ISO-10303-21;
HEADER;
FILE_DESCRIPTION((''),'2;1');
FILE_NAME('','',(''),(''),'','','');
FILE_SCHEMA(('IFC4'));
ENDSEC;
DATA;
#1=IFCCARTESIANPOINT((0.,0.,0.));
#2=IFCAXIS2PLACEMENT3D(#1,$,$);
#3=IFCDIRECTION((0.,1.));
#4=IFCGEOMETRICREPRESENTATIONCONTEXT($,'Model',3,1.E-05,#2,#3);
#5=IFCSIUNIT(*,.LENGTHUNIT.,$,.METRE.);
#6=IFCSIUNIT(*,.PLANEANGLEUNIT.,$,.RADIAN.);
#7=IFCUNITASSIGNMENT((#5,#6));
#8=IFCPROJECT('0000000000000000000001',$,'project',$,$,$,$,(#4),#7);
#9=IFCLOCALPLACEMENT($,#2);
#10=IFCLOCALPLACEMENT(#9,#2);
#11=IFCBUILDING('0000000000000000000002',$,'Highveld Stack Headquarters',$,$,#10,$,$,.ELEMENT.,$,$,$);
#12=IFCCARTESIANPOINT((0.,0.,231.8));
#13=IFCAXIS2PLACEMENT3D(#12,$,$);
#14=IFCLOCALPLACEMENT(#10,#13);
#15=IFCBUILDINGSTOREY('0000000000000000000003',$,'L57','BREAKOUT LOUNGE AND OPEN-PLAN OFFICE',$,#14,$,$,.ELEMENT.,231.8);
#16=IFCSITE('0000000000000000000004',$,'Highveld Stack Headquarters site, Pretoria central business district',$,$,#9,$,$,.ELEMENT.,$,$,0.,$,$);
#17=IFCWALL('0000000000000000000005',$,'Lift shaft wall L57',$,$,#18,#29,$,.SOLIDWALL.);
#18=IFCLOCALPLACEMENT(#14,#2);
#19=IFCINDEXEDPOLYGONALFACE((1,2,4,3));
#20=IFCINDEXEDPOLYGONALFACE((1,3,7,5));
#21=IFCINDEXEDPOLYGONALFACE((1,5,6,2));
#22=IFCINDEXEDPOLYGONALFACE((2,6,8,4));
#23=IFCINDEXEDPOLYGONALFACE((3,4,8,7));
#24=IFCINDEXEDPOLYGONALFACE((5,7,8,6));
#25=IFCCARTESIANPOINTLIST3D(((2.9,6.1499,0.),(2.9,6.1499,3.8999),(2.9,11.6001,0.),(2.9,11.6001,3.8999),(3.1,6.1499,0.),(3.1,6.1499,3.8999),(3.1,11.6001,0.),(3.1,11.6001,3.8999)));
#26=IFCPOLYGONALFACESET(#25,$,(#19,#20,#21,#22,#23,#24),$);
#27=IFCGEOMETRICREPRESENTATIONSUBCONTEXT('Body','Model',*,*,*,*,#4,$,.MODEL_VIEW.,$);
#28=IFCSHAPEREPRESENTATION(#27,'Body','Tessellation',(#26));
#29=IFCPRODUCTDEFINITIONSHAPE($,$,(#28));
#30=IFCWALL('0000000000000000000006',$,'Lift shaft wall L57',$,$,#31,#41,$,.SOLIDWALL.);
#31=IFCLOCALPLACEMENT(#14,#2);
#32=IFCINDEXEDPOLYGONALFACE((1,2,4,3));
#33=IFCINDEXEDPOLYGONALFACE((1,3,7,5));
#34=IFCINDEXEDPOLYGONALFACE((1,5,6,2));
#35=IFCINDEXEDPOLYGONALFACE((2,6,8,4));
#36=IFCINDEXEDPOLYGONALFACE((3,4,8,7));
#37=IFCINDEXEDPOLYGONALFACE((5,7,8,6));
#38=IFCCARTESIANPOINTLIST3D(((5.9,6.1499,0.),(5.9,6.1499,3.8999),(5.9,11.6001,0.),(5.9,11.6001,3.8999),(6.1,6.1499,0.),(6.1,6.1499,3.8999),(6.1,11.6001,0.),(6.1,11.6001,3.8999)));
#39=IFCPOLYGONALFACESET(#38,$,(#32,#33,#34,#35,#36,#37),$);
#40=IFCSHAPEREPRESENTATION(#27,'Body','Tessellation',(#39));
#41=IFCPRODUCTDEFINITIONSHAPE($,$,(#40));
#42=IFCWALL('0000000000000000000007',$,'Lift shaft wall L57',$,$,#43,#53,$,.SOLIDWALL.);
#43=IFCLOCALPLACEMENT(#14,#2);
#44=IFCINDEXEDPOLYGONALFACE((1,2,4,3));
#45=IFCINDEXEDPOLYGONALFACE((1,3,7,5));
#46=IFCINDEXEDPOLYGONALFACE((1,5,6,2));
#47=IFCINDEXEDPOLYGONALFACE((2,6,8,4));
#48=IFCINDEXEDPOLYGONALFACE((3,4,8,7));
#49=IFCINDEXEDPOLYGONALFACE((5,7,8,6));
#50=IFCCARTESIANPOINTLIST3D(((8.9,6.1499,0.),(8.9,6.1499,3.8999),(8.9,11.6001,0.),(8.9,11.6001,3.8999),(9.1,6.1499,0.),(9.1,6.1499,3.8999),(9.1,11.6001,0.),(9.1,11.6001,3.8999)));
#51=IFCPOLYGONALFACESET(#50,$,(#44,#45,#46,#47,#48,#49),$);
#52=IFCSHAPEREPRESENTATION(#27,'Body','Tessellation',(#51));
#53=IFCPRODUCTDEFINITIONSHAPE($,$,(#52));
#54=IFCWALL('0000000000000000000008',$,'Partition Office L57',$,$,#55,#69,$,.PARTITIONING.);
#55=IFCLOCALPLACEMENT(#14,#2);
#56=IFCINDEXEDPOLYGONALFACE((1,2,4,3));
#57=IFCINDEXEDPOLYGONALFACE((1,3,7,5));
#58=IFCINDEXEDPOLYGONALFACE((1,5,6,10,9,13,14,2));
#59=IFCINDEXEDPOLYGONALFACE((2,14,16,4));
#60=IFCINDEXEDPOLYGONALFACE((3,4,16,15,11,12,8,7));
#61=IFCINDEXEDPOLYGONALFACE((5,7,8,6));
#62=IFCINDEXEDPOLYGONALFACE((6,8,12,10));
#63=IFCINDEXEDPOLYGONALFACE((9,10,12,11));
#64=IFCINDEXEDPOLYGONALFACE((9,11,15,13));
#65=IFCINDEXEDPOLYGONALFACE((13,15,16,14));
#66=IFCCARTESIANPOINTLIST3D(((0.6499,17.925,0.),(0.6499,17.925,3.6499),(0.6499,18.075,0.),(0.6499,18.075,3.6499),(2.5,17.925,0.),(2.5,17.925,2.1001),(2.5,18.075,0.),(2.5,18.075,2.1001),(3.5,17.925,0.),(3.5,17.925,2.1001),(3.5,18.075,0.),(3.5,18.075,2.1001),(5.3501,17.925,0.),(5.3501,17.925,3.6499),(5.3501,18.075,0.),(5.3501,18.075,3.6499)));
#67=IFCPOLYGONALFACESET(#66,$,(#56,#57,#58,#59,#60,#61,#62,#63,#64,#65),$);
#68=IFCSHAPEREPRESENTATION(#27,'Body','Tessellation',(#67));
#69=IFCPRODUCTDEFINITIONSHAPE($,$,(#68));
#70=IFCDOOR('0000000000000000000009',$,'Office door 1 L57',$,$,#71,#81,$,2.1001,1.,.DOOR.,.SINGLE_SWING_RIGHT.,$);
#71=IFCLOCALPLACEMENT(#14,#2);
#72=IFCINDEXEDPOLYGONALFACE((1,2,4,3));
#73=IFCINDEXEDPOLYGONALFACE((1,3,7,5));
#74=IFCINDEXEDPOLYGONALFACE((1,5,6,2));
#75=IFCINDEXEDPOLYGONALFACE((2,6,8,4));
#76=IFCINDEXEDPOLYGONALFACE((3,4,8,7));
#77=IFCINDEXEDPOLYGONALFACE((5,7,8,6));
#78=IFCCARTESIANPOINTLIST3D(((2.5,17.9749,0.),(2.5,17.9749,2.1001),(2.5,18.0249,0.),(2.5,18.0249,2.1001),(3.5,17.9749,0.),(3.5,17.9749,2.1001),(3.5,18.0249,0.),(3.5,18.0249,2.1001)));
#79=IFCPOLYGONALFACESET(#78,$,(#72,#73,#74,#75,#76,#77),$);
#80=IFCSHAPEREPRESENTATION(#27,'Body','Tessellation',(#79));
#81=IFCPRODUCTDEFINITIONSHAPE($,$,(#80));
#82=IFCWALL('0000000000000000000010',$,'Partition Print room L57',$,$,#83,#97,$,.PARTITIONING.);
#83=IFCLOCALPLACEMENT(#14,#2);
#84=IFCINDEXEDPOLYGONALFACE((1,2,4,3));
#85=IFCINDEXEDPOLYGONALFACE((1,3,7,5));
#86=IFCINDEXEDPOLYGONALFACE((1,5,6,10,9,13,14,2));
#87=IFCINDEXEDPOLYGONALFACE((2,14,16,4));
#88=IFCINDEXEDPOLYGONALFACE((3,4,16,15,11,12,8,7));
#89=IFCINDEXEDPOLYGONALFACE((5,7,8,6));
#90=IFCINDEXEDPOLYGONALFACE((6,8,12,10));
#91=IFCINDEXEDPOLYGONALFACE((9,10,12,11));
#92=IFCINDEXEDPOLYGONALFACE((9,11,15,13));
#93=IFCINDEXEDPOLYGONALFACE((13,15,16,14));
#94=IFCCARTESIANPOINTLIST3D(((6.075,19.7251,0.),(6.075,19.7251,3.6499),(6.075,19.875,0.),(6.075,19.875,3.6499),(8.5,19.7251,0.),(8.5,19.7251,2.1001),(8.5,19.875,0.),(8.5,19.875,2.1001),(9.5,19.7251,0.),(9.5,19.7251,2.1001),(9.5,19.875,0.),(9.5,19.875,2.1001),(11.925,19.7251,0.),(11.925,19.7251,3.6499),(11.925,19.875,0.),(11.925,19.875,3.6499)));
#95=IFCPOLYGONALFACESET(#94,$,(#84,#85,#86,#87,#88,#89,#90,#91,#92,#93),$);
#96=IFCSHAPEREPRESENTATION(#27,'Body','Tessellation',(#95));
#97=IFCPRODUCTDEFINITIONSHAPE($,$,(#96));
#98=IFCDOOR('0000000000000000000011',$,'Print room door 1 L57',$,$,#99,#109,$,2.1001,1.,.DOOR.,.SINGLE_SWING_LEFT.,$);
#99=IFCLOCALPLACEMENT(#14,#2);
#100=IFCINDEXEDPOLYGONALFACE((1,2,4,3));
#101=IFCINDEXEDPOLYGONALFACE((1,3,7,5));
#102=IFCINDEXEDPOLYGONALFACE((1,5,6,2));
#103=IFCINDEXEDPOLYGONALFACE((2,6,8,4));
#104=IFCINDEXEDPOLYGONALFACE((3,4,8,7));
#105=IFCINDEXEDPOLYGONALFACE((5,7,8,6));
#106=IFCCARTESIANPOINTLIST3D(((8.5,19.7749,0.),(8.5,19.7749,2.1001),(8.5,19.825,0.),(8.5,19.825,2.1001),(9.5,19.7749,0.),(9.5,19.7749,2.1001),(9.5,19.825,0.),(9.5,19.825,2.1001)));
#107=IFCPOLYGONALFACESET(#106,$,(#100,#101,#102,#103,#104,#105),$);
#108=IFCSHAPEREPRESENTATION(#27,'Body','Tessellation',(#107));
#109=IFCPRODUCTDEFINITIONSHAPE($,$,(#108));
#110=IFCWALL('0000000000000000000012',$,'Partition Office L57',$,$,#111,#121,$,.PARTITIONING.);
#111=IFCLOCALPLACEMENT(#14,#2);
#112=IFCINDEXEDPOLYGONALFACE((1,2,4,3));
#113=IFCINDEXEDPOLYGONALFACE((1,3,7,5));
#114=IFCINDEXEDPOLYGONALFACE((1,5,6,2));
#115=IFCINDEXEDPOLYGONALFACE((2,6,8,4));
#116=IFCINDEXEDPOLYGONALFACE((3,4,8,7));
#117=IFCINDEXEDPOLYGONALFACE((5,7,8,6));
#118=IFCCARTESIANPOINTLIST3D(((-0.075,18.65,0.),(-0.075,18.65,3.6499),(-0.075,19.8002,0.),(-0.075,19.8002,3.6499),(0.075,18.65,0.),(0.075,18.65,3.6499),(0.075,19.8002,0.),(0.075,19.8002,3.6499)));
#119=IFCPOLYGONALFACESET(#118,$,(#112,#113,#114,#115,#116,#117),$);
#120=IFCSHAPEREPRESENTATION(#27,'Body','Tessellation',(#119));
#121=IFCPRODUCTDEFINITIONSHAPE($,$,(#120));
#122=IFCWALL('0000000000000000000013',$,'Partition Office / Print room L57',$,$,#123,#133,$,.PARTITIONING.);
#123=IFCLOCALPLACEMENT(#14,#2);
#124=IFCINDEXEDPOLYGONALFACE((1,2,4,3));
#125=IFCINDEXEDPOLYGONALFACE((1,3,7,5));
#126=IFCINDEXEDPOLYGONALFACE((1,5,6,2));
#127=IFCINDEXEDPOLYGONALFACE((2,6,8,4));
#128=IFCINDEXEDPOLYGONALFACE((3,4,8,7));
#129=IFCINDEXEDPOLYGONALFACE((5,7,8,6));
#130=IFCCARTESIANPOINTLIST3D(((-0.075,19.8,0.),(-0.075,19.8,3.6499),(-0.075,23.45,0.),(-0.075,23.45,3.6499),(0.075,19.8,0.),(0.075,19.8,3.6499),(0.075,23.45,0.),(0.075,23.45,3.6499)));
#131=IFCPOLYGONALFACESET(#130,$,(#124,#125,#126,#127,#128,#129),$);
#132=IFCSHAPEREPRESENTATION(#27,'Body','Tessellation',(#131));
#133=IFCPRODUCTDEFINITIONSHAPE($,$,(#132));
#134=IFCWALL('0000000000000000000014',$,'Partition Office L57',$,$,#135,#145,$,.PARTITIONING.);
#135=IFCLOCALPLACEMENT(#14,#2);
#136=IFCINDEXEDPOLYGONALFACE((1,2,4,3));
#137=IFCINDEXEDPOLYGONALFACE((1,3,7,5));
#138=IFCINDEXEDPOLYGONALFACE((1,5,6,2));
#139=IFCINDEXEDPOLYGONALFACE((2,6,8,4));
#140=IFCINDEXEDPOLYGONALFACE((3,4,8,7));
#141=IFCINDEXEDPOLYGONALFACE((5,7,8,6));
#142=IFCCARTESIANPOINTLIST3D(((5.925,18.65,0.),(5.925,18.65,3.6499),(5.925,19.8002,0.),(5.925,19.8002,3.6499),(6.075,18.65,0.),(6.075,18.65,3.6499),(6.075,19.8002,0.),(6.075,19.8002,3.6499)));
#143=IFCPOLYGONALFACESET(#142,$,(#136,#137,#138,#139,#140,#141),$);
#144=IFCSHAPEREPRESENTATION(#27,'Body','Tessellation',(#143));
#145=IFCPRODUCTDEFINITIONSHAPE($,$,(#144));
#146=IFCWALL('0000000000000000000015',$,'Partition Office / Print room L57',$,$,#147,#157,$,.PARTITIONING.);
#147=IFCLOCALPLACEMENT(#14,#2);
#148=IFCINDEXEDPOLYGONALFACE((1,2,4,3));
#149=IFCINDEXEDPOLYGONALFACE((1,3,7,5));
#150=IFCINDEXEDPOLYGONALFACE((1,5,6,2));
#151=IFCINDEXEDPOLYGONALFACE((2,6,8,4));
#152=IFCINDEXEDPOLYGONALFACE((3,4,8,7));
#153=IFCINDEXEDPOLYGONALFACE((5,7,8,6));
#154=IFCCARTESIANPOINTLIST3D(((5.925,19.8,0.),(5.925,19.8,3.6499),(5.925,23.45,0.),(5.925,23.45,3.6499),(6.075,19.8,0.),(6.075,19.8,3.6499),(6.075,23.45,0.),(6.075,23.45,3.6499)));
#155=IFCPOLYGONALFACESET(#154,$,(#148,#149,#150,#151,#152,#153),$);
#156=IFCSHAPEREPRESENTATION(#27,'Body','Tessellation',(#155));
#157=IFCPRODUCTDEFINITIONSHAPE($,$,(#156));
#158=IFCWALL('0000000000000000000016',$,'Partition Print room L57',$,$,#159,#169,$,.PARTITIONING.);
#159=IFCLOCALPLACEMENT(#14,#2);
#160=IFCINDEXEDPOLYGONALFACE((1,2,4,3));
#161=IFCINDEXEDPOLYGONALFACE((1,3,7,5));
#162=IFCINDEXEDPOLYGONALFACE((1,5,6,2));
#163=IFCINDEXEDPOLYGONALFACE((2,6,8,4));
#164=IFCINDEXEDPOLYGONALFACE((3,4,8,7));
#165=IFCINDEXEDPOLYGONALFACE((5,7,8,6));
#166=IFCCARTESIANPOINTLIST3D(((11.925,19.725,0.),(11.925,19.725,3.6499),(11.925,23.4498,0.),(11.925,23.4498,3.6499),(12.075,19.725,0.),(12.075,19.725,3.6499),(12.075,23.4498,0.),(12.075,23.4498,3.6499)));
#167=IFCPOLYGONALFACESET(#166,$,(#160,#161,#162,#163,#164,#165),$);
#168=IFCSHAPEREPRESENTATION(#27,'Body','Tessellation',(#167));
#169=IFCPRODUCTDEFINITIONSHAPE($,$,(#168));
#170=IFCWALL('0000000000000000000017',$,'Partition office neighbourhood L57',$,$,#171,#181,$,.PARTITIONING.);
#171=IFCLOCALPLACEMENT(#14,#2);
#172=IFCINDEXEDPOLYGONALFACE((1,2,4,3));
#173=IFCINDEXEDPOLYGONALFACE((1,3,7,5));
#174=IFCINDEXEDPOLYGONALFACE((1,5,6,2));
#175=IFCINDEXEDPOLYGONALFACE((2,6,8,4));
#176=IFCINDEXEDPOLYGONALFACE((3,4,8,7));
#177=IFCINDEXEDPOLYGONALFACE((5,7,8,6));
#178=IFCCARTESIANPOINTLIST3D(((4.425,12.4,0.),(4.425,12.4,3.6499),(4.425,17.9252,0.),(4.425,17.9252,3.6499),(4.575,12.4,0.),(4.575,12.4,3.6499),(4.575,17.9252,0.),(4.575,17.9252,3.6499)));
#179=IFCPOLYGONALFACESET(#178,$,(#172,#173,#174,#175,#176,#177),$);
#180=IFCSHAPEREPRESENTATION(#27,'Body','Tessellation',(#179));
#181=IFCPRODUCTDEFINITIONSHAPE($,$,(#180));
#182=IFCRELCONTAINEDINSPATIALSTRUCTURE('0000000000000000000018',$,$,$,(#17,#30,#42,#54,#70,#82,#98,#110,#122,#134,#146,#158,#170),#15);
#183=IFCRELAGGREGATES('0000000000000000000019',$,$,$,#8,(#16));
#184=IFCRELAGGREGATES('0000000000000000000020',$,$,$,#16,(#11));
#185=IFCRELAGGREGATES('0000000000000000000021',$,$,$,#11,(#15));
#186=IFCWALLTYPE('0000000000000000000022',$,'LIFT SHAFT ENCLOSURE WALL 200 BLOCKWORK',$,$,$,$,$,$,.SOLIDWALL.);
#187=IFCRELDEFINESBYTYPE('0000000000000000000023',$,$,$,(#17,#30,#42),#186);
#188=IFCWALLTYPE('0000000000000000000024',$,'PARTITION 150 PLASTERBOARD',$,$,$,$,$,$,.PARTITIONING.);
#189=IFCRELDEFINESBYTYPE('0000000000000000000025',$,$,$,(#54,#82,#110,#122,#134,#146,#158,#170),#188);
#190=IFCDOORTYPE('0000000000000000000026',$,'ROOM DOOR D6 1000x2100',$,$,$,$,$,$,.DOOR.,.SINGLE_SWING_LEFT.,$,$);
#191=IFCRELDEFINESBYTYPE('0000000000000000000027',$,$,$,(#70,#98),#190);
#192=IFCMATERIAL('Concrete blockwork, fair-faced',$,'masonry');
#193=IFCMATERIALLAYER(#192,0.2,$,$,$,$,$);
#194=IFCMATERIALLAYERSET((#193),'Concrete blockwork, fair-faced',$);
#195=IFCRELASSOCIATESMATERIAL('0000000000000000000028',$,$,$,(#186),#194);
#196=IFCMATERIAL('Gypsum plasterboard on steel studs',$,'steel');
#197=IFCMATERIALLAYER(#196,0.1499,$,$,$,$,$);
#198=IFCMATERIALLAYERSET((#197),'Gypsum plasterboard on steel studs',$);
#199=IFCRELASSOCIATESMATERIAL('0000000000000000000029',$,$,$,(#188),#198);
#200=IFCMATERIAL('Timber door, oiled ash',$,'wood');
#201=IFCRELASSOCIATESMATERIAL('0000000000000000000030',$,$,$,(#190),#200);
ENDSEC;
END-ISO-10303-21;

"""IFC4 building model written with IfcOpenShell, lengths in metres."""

from ifc_helpers import new_model, si_unit, direction, frame, frame_2d, origin, place, context, subcontext, project, spatial, rectangle, extrude, material, layer, layer_set, type_object, element, fill, save


model = new_model("IFC4")

# Units and contexts
model_context = context("Model", 3, precision=1e-05, world=origin(), true_north=direction((0.0, 1.0)))
body_context = subcontext(model_context, "Body", "Model", "MODEL_VIEW")
ifc_project = project(units=[si_unit("LENGTHUNIT", "METRE"), si_unit("PLANEANGLEUNIT", "RADIAN")], contexts=[model_context])

# Site, building, storey
site_placement = place(None, origin())
site = spatial("IfcSite", under=ifc_project, at=site_placement, Name="Highveld Stack Headquarters site, Pretoria central business district", CompositionType="ELEMENT", RefElevation=0.0)
building_placement = place(site_placement, origin())
building = spatial("IfcBuilding", under=site, at=building_placement, Name="Highveld Stack Headquarters", CompositionType="ELEMENT")
storey_placement = place(building_placement, frame((0.0, 0.0, 231.8)))
storey = spatial("IfcBuildingStorey", under=building, at=storey_placement, Name="L57", Description="BREAKOUT LOUNGE AND OPEN-PLAN OFFICE", CompositionType="ELEMENT", Elevation=231.8)

# Walls
ifc_material_1 = material(Name="Concrete blockwork, fair-faced", Category="masonry")
ifc_layer_1 = layer(ifc_material_1, 0.2)
ifc_layer_set_1 = layer_set([ifc_layer_1], Name="Concrete blockwork, fair-faced")
wall_type_1 = type_object("IfcWallType", Name="LIFT SHAFT ENCLOSURE WALL 200 BLOCKWORK", PredefinedType="SOLIDWALL", material=ifc_layer_set_1)
for number, where, z_axis, x_axis, name in (
    (1, (3.0, 6.1499, 0.0), (0.0, 0.0, 1.0), (0.0, 1.0, 0.0), "Lift shaft wall L57"),
    (2, (6.0, 6.1499, 0.0), (0.0, 0.0, 1.0), (0.0, 1.0, 0.0), "Lift shaft wall L57"),
    (3, (9.0, 6.1499, 0.0), (0.0, 0.0, 1.0), (0.0, 1.0, 0.0), "Lift shaft wall L57"),
):
    element("IfcWall", number, at=place(storey_placement, frame(where, z_axis=z_axis, x_axis=x_axis)), inside=storey, type_object=wall_type_1, Name=name, PredefinedType="SOLIDWALL", context=body_context, shape_type="SweptSolid", body=[
        extrude(rectangle(XDim=5.4502, YDim=0.2, at=frame_2d((2.7251, 0.0))), origin(), (0.0, 0.0, 1.0), 3.8999),
    ])

# Walls, openings, doors
ifc_material_2 = material(Name="Gypsum plasterboard on steel studs", Category="steel")
ifc_layer_2 = layer(ifc_material_2, 0.1499)
ifc_layer_set_2 = layer_set([ifc_layer_2], Name="Gypsum plasterboard on steel studs")
wall_type_2 = type_object("IfcWallType", Name="PARTITION 150 PLASTERBOARD", PredefinedType="PARTITIONING", material=ifc_layer_set_2)
wall_1_placement = place(storey_placement, frame((0.6499, 18.0, 0.0), z_axis=(0.0, 0.0, 1.0), x_axis=(1.0, 0.0, 0.0)))
wall_1 = element("IfcWall", 4, at=wall_1_placement, inside=storey, type_object=wall_type_2, Name="Partition Office L57", PredefinedType="PARTITIONING", context=body_context, shape_type="SweptSolid", body=[
    extrude(rectangle(XDim=4.7002, YDim=0.1499, at=frame_2d((2.3501, 0.0))), origin(), (0.0, 0.0, 1.0), 3.6499),
])
opening_1_placement = place(wall_1_placement, frame((1.8501, 0.0, 0.0)))
opening_1 = element("IfcOpeningElement", 5, at=opening_1_placement, cuts=wall_1, PredefinedType="OPENING", context=body_context, shape_type="SweptSolid", body=[
    extrude(rectangle(XDim=1.0, YDim=2.1001, at=frame_2d((0.5, 1.05))), frame((0.0, 0.085, 0.0), z_axis=(0.0, -1.0, 0.0), x_axis=(1.0, 0.0, 0.0)), (0.0, 0.0, 1.0), 0.1699),
])
ifc_material_3 = material(Name="Timber door, oiled ash", Category="wood")
door_type_1 = type_object("IfcDoorType", Name="ROOM DOOR D6 1000x2100", OperationType="SINGLE_SWING_LEFT", PredefinedType="DOOR", material=ifc_material_3)
door_1_placement = place(opening_1_placement, origin())
door_1 = element("IfcDoor", 6, at=door_1_placement, inside=storey, type_object=door_type_1, Name="Office door 1 L57", OperationType="SINGLE_SWING_RIGHT", OverallHeight=2.1001, OverallWidth=1.0, PredefinedType="DOOR", context=body_context, shape_type="SweptSolid", body=[
    extrude(rectangle(XDim=1.0, YDim=2.1001, at=frame_2d((0.5, 1.05))), frame((0.0, 0.0249, 0.0), z_axis=(0.0, -1.0, 0.0), x_axis=(1.0, 0.0, 0.0)), (0.0, 0.0, 1.0), 0.05),
])
fill(opening_1, door_1)
wall_2_placement = place(storey_placement, frame((6.075, 19.8, 0.0), z_axis=(0.0, 0.0, 1.0), x_axis=(1.0, 0.0, 0.0)))
wall_2 = element("IfcWall", 7, at=wall_2_placement, inside=storey, type_object=wall_type_2, Name="Partition Print room L57", PredefinedType="PARTITIONING", context=body_context, shape_type="SweptSolid", body=[
    extrude(rectangle(XDim=5.8501, YDim=0.1499, at=frame_2d((2.925, 0.0))), origin(), (0.0, 0.0, 1.0), 3.6499),
])
opening_2_placement = place(wall_2_placement, frame((2.425, 0.0, 0.0)))
opening_2 = element("IfcOpeningElement", 8, at=opening_2_placement, cuts=wall_2, PredefinedType="OPENING", context=body_context, shape_type="SweptSolid", body=[
    extrude(rectangle(XDim=1.0, YDim=2.1001, at=frame_2d((0.5, 1.05))), frame((0.0, 0.085, 0.0), z_axis=(0.0, -1.0, 0.0), x_axis=(1.0, 0.0, 0.0)), (0.0, 0.0, 1.0), 0.1699),
])
door_2_placement = place(opening_2_placement, origin())
door_2 = element("IfcDoor", 9, at=door_2_placement, inside=storey, type_object=door_type_1, Name="Print room door 1 L57", OperationType="SINGLE_SWING_LEFT", OverallHeight=2.1001, OverallWidth=1.0, PredefinedType="DOOR", context=body_context, shape_type="SweptSolid", body=[
    extrude(rectangle(XDim=1.0, YDim=2.1001, at=frame_2d((0.5, 1.05))), frame((0.0, 0.0249, 0.0), z_axis=(0.0, -1.0, 0.0), x_axis=(1.0, 0.0, 0.0)), (0.0, 0.0, 1.0), 0.05),
])
fill(opening_2, door_2)

# Walls
wall_3_placement = place(storey_placement, frame((0.0, 18.6499, 0.0), z_axis=(0.0, 0.0, 1.0), x_axis=(0.0, 1.0, 0.0)))
element("IfcWall", 10, at=wall_3_placement, inside=storey, type_object=wall_type_2, Name="Partition Office L57", PredefinedType="PARTITIONING", context=body_context, shape_type="SweptSolid", body=[
    extrude(rectangle(XDim=1.1501, YDim=0.1499, at=frame_2d((0.5752, 0.0))), origin(), (0.0, 0.0, 1.0), 3.6499),
])
wall_4_placement = place(storey_placement, frame((0.0, 19.8, 0.0), z_axis=(0.0, 0.0, 1.0), x_axis=(0.0, 1.0, 0.0)))
element("IfcWall", 11, at=wall_4_placement, inside=storey, type_object=wall_type_2, Name="Partition Office / Print room L57", PredefinedType="PARTITIONING", context=body_context, shape_type="SweptSolid", body=[
    extrude(rectangle(XDim=3.6499, YDim=0.1499, at=frame_2d((1.825, 0.0))), origin(), (0.0, 0.0, 1.0), 3.6499),
])
wall_5_placement = place(storey_placement, frame((6.0, 18.6499, 0.0), z_axis=(0.0, 0.0, 1.0), x_axis=(0.0, 1.0, 0.0)))
element("IfcWall", 12, at=wall_5_placement, inside=storey, type_object=wall_type_2, Name="Partition Office L57", PredefinedType="PARTITIONING", context=body_context, shape_type="SweptSolid", body=[
    extrude(rectangle(XDim=1.1501, YDim=0.1499, at=frame_2d((0.5752, 0.0))), origin(), (0.0, 0.0, 1.0), 3.6499),
])
wall_6_placement = place(storey_placement, frame((6.0, 19.8, 0.0), z_axis=(0.0, 0.0, 1.0), x_axis=(0.0, 1.0, 0.0)))
element("IfcWall", 13, at=wall_6_placement, inside=storey, type_object=wall_type_2, Name="Partition Office / Print room L57", PredefinedType="PARTITIONING", context=body_context, shape_type="SweptSolid", body=[
    extrude(rectangle(XDim=3.6499, YDim=0.1499, at=frame_2d((1.825, 0.0))), origin(), (0.0, 0.0, 1.0), 3.6499),
])
wall_7_placement = place(storey_placement, frame((12.0, 19.7251, 0.0), z_axis=(0.0, 0.0, 1.0), x_axis=(0.0, 1.0, 0.0)))
element("IfcWall", 14, at=wall_7_placement, inside=storey, type_object=wall_type_2, Name="Partition Print room L57", PredefinedType="PARTITIONING", context=body_context, shape_type="SweptSolid", body=[
    extrude(rectangle(XDim=3.7249, YDim=0.1499, at=frame_2d((1.8623, 0.0))), origin(), (0.0, 0.0, 1.0), 3.6499),
])
wall_8_placement = place(storey_placement, frame((4.5, 12.3999, 0.0), z_axis=(0.0, 0.0, 1.0), x_axis=(0.0, 1.0, 0.0)))
element("IfcWall", 15, at=wall_8_placement, inside=storey, type_object=wall_type_2, Name="Partition office neighbourhood L57", PredefinedType="PARTITIONING", context=body_context, shape_type="SweptSolid", body=[
    extrude(rectangle(XDim=5.5251, YDim=0.1499, at=frame_2d((2.7627, 0.0))), origin(), (0.0, 0.0, 1.0), 3.6499),
])

save(model, "model.ifc")
